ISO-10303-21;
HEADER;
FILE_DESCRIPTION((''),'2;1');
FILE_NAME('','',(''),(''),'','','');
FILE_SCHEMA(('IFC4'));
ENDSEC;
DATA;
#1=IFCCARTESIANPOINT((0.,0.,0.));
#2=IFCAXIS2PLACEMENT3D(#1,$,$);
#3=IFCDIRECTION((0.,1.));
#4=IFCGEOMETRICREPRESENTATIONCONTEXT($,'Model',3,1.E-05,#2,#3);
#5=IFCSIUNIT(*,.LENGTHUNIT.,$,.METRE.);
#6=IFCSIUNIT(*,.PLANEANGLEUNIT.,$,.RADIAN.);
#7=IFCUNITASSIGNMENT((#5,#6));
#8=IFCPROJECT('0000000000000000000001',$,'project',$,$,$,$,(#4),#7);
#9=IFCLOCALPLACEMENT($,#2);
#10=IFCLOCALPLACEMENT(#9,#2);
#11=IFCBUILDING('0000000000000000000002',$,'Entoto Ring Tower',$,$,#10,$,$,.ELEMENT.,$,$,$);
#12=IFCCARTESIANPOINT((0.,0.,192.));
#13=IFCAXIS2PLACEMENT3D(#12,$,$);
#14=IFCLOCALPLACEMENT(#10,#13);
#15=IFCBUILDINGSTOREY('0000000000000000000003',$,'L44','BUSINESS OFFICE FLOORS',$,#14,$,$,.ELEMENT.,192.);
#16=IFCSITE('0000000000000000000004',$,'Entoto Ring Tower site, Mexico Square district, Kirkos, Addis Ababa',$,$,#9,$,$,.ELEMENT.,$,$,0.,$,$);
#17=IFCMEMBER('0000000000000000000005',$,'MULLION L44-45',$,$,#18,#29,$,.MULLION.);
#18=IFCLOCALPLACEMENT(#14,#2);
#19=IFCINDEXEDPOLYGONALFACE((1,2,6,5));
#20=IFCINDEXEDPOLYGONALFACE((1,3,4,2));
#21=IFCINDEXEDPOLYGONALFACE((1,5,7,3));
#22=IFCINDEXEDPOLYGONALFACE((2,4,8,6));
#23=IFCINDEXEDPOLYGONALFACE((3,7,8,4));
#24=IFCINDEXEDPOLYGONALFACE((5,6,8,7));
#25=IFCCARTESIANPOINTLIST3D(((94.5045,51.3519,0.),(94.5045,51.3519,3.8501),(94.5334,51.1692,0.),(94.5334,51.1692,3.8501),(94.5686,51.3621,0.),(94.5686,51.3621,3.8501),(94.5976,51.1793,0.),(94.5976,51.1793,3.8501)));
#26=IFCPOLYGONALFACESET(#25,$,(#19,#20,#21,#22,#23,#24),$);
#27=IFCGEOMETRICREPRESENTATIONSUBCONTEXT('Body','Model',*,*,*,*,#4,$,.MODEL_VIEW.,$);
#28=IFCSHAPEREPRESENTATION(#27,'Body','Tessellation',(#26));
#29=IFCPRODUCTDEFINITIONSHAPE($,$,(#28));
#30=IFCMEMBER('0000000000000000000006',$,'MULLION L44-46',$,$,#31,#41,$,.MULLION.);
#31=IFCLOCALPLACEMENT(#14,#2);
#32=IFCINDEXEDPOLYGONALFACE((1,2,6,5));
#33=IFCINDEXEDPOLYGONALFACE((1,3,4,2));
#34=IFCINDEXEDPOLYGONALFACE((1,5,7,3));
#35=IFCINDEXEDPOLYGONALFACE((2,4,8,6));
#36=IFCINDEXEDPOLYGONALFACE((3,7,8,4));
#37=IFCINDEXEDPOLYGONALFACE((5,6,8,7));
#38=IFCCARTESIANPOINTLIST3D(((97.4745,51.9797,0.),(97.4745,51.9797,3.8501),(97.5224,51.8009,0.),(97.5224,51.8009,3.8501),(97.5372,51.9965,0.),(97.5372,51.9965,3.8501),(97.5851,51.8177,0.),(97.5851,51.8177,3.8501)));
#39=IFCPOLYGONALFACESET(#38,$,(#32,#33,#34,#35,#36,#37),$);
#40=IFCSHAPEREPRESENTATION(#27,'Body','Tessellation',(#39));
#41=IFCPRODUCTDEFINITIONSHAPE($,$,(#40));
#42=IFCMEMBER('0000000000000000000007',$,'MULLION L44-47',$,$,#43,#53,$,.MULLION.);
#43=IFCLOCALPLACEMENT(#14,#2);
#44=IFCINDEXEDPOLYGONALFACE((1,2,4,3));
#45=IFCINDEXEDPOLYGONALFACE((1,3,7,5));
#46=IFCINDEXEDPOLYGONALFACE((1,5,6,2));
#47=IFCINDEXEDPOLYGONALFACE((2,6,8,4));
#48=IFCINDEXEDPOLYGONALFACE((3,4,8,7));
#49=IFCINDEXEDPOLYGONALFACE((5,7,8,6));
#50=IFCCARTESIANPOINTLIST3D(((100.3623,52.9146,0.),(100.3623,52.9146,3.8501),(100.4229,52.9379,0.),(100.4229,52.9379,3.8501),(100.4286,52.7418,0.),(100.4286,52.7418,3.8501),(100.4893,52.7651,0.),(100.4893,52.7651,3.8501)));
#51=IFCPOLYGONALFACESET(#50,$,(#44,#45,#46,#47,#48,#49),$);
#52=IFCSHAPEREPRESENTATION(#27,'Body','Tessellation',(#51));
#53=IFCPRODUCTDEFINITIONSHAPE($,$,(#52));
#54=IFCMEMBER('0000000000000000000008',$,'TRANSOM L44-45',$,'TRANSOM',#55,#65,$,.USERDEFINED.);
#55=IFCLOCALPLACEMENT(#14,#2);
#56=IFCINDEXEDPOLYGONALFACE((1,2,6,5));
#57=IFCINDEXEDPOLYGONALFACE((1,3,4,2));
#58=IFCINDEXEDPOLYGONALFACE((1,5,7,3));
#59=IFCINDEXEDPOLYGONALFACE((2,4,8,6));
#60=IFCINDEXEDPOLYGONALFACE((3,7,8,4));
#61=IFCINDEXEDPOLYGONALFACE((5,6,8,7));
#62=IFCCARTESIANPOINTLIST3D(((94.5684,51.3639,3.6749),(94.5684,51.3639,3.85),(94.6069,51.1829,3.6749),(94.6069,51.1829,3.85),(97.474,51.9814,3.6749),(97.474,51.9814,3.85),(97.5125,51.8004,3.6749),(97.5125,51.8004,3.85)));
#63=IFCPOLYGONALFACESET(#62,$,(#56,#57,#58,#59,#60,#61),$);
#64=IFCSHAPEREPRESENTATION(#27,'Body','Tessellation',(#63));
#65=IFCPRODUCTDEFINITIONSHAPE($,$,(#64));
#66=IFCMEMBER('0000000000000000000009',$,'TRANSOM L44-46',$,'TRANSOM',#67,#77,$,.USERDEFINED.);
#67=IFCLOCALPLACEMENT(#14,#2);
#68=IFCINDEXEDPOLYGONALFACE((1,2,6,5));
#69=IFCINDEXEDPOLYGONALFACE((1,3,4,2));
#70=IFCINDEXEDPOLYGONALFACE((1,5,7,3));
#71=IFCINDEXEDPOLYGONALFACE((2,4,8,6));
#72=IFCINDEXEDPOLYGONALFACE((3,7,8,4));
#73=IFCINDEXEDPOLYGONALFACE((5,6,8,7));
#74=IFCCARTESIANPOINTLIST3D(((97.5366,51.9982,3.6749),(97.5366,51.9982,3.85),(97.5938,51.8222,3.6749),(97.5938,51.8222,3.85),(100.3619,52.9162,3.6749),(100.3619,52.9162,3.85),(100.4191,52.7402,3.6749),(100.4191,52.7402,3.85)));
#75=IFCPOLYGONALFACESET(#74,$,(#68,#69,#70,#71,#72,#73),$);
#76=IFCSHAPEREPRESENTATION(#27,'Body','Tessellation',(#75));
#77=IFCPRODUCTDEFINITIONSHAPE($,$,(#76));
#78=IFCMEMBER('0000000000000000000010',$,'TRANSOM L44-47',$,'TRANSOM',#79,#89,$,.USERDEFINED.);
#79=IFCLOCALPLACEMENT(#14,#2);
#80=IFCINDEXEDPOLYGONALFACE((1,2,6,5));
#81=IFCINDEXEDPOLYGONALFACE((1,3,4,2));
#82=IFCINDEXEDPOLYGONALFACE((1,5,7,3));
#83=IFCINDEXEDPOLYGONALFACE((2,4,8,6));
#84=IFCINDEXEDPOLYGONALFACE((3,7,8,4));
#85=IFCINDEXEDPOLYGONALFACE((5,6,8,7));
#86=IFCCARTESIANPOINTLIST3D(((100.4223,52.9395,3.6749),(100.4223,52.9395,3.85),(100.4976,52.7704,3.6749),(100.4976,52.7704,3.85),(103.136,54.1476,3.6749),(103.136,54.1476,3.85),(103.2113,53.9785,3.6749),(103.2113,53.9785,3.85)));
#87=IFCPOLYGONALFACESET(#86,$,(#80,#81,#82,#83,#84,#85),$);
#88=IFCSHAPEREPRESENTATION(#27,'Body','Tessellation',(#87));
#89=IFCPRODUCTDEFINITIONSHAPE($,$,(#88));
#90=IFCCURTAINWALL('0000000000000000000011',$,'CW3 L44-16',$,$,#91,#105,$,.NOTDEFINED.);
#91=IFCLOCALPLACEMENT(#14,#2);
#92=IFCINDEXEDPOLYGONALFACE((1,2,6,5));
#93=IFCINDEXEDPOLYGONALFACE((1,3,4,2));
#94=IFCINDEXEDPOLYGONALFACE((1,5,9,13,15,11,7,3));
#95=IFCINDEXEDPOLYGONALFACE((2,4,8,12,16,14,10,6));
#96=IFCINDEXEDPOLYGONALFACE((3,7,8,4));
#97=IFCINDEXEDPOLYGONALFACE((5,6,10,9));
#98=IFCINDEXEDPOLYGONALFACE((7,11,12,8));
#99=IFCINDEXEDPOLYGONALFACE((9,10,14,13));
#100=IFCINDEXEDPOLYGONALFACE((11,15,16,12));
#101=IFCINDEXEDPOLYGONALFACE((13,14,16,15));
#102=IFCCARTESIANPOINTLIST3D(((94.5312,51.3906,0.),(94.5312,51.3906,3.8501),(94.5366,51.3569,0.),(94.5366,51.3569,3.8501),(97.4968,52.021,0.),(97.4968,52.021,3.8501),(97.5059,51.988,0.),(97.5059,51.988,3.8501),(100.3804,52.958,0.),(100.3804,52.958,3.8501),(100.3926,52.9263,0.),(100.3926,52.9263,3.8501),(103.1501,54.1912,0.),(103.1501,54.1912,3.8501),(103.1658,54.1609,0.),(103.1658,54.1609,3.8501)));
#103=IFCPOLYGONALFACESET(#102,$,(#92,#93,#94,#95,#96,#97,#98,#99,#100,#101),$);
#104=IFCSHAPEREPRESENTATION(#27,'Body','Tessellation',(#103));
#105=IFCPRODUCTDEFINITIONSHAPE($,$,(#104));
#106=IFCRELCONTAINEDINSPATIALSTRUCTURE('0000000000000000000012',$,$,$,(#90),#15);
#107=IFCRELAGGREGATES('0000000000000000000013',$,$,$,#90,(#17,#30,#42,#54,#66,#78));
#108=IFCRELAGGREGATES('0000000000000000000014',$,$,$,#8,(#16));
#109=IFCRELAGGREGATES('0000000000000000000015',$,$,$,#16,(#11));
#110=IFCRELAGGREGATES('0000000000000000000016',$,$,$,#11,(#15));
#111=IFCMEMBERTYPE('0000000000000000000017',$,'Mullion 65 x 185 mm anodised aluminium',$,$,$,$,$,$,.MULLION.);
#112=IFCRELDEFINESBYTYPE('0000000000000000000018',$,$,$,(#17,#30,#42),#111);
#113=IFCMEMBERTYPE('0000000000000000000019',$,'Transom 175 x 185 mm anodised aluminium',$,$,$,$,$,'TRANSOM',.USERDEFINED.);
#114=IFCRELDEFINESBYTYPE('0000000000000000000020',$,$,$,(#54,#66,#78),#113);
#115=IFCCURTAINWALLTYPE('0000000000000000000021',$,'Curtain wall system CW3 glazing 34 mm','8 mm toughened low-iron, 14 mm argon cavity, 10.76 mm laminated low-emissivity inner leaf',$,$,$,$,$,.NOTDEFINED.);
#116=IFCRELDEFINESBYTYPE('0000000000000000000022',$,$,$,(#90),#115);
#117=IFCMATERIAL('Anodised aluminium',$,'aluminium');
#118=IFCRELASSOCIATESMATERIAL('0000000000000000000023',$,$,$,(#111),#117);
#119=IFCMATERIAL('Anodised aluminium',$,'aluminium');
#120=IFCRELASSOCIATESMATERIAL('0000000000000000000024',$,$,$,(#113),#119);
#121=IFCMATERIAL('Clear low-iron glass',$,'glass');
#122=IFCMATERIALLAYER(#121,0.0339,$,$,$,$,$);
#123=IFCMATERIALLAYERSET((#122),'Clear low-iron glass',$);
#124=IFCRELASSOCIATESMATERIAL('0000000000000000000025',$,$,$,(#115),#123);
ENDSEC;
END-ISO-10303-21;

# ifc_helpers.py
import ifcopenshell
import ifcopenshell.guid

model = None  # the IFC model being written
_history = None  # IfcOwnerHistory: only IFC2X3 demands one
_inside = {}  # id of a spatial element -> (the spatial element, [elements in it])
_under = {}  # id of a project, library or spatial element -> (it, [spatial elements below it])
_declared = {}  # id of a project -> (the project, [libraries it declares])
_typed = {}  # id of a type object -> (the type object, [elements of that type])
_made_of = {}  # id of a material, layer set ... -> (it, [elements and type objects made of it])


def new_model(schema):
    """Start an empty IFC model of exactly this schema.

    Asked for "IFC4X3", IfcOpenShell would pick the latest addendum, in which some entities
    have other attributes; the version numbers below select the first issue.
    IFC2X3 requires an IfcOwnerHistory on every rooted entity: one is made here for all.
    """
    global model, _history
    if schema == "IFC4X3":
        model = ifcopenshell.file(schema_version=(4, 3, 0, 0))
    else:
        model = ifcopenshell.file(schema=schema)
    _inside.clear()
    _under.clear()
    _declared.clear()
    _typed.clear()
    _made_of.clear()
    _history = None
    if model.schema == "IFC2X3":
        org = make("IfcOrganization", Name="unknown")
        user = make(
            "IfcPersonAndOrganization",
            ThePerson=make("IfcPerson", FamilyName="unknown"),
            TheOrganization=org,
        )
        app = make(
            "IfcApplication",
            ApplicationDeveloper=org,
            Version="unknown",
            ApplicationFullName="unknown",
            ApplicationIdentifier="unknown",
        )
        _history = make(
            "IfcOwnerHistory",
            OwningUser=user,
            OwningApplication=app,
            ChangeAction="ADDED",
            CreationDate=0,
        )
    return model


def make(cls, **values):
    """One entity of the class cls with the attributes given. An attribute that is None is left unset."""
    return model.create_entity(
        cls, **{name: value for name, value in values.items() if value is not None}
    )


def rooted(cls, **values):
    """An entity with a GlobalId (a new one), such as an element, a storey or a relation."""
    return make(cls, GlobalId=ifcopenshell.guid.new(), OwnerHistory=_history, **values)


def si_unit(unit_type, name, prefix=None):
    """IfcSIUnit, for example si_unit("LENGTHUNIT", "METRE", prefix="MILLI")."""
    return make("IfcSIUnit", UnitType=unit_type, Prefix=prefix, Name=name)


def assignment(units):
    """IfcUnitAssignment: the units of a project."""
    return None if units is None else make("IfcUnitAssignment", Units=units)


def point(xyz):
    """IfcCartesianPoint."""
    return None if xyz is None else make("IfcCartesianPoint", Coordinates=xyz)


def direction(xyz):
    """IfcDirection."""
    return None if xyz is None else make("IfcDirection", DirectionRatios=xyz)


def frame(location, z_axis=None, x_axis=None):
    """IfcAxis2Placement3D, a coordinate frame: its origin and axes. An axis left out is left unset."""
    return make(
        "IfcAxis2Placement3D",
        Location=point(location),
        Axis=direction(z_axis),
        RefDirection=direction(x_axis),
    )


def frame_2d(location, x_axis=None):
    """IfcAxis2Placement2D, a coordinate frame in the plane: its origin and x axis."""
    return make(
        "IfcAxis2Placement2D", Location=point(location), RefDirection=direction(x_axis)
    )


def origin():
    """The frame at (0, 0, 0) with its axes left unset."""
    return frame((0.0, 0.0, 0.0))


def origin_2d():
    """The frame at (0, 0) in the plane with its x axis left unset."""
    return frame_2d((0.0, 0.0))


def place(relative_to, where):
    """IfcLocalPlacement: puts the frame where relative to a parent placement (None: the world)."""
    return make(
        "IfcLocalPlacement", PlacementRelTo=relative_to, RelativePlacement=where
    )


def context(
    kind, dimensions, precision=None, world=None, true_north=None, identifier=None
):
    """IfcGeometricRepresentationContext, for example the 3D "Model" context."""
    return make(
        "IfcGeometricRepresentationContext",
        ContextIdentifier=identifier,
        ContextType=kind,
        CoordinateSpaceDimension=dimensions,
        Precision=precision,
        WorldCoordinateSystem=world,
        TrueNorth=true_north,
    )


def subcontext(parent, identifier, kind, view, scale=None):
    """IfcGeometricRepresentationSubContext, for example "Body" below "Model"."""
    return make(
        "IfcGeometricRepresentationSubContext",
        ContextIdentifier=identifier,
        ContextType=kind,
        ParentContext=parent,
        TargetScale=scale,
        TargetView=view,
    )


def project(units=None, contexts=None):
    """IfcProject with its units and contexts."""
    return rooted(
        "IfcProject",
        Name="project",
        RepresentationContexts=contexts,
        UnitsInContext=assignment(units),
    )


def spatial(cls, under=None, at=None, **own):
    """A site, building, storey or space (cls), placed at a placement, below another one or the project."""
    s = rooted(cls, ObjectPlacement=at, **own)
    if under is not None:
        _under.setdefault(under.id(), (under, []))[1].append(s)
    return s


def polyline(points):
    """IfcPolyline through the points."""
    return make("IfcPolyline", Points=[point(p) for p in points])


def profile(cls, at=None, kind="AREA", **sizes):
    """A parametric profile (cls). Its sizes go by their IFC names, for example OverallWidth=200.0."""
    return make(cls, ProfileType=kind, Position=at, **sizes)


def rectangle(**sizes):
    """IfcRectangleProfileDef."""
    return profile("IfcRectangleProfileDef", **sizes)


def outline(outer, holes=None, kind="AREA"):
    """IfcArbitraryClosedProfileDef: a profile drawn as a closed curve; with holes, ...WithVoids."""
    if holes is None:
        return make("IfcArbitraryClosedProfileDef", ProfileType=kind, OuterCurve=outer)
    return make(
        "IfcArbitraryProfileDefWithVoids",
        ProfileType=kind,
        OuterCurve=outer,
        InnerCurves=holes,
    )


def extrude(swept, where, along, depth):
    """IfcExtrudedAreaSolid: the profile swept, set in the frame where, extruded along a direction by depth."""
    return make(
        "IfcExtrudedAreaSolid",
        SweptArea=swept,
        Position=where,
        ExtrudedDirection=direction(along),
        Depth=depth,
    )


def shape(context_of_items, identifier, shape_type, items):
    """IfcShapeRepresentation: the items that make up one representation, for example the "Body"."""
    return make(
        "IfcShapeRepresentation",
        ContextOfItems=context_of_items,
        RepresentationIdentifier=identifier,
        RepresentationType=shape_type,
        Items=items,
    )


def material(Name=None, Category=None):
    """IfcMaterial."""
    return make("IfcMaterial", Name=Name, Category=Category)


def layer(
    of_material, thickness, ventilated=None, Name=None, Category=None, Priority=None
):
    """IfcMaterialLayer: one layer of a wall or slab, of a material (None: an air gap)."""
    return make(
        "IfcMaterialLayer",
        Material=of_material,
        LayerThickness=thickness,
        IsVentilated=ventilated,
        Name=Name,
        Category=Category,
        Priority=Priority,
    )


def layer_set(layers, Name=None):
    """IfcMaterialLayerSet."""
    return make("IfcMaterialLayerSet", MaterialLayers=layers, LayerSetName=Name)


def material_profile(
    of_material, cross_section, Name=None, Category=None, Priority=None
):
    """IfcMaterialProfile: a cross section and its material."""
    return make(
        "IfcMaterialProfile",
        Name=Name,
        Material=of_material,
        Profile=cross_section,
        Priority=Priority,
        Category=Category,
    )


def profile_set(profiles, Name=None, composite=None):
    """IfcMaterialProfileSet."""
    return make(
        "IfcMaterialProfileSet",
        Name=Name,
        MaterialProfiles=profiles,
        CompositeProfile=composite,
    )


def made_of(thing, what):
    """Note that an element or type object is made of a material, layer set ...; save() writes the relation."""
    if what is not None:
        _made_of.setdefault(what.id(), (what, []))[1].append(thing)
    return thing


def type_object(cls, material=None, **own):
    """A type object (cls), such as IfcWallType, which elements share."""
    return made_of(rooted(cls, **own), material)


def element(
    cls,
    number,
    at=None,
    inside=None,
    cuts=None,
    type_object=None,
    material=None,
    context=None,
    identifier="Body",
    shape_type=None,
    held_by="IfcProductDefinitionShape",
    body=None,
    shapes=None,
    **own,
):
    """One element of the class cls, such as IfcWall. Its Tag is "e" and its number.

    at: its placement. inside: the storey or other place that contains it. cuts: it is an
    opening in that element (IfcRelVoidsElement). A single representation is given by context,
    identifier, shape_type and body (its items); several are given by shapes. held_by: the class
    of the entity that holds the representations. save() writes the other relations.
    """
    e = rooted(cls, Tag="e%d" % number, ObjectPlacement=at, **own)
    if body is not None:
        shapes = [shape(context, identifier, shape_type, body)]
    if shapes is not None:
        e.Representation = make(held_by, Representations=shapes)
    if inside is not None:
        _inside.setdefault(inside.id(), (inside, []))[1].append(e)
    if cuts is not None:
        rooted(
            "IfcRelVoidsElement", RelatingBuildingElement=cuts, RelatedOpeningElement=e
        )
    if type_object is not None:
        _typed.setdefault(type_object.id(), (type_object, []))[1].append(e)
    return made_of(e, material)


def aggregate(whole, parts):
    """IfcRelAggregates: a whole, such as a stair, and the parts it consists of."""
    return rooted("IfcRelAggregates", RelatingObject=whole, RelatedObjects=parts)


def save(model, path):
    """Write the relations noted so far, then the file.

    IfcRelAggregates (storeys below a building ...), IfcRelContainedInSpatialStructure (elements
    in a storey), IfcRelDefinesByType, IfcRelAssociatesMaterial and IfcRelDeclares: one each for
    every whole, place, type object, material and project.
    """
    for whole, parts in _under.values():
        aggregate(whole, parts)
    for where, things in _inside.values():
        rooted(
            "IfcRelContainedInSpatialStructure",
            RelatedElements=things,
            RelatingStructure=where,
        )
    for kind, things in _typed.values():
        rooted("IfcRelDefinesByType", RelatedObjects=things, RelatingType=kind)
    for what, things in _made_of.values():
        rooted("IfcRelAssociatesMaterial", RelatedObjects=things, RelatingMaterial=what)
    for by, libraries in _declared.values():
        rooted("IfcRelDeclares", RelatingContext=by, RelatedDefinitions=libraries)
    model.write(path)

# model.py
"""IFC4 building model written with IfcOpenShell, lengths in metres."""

from ifc_helpers import new_model, si_unit, direction, frame, origin, origin_2d, place, context, subcontext, project, spatial, polyline, rectangle, outline, extrude, material, layer, layer_set, material_profile, profile_set, type_object, element, aggregate, save


model = new_model("IFC4")

# Units and contexts
model_context = context("Model", 3, precision=1e-05, world=origin(), true_north=direction((0.0, 1.0)))
body_context = subcontext(model_context, "Body", "Model", "MODEL_VIEW")
ifc_project = project(units=[si_unit("LENGTHUNIT", "METRE"), si_unit("PLANEANGLEUNIT", "RADIAN")], contexts=[model_context])

# Members
ifc_material_1 = material(Name="Anodised aluminium", Category="aluminium")
ifc_material_profile_1 = material_profile(ifc_material_1, rectangle(XDim=0.0649, YDim=0.1851, at=origin_2d()), Name="Mullion 65 x 185 mm anodised aluminium")
ifc_profile_set_1 = profile_set([ifc_material_profile_1], Name="Anodised aluminium")
member_type_1 = type_object("IfcMemberType", Name="Mullion 65 x 185 mm anodised aluminium", PredefinedType="MULLION", material=ifc_profile_set_1)
site_placement = place(None, origin())
building_placement = place(site_placement, origin())
storey_placement = place(building_placement, frame((0.0, 0.0, 192.0)))
member_1_placement = place(storey_placement, frame((94.551, 51.2656, 0.0), z_axis=(0.0, 0.0, 1.0), x_axis=(0.987688, 0.156434, 0.0)))
member_1 = element("IfcMember", 1, at=member_1_placement, type_object=member_type_1, Name="MULLION L44-45", PredefinedType="MULLION", context=body_context, shape_type="SweptSolid", body=[
    extrude(rectangle(XDim=0.0649, YDim=0.1851, at=origin_2d()), origin(), (0.0, 0.0, 1.0), 3.8501),
])
member_2_placement = place(storey_placement, frame((97.5298, 51.8987, 0.0), z_axis=(0.0, 0.0, 1.0), x_axis=(0.965926, 0.258819, 0.0)))
member_2 = element("IfcMember", 2, at=member_2_placement, type_object=member_type_1, Name="MULLION L44-46", PredefinedType="MULLION", context=body_context, shape_type="SweptSolid", body=[
    extrude(rectangle(XDim=0.0649, YDim=0.1851, at=origin_2d()), origin(), (0.0, 0.0, 1.0), 3.8501),
])
member_3_placement = place(storey_placement, frame((100.4258, 52.8398, 0.0), z_axis=(0.0, 0.0, 1.0), x_axis=(0.93358, 0.358368, 0.0)))
member_3 = element("IfcMember", 3, at=member_3_placement, type_object=member_type_1, Name="MULLION L44-47", PredefinedType="MULLION", context=body_context, shape_type="SweptSolid", body=[
    extrude(rectangle(XDim=0.0649, YDim=0.1851, at=origin_2d()), origin(), (0.0, 0.0, 1.0), 3.8501),
])
ifc_material_2 = material(Name="Anodised aluminium", Category="aluminium")
ifc_material_profile_2 = material_profile(ifc_material_2, rectangle(XDim=0.1851, YDim=0.175, at=origin_2d()), Name="Transom 175 x 185 mm anodised aluminium")
ifc_profile_set_2 = profile_set([ifc_material_profile_2], Name="Anodised aluminium")
member_type_2 = type_object("IfcMemberType", Name="Transom 175 x 185 mm anodised aluminium", ElementType="TRANSOM", PredefinedType="USERDEFINED", material=ifc_profile_set_2)
member_4_placement = place(storey_placement, frame((94.5876, 51.2734, 3.7625), z_axis=(0.978158, 0.207862, 0.0), x_axis=(-0.207862, 0.978158, 0.0)))
member_4 = element("IfcMember", 4, at=member_4_placement, type_object=member_type_2, Name="TRANSOM L44-45", ObjectType="TRANSOM", PredefinedType="USERDEFINED", context=body_context, shape_type="SweptSolid", body=[
    extrude(rectangle(XDim=0.1851, YDim=0.175, at=origin_2d()), origin(), (0.0, 0.0, 1.0), 2.9705),
])
member_5_placement = place(storey_placement, frame((97.5652, 51.9102, 3.7625), z_axis=(0.951056, 0.309019, 0.0), x_axis=(-0.309019, 0.951056, 0.0)))
member_5 = element("IfcMember", 5, at=member_5_placement, type_object=member_type_2, Name="TRANSOM L44-46", ObjectType="TRANSOM", PredefinedType="USERDEFINED", context=body_context, shape_type="SweptSolid", body=[
    extrude(rectangle(XDim=0.1851, YDim=0.175, at=origin_2d()), origin(), (0.0, 0.0, 1.0), 2.9707),
])
member_6_placement = place(storey_placement, frame((100.46, 52.855, 3.7625), z_axis=(0.913567, 0.406687, 0.0), x_axis=(-0.406687, 0.913567, 0.0)))
member_6 = element("IfcMember", 6, at=member_6_placement, type_object=member_type_2, Name="TRANSOM L44-47", ObjectType="TRANSOM", PredefinedType="USERDEFINED", context=body_context, shape_type="SweptSolid", body=[
    extrude(rectangle(XDim=0.1851, YDim=0.175, at=origin_2d()), origin(), (0.0, 0.0, 1.0), 2.9705),
])

# Site, building, storey
site = spatial("IfcSite", under=ifc_project, at=site_placement, Name="Entoto Ring Tower site, Mexico Square district, Kirkos, Addis Ababa", CompositionType="ELEMENT", RefElevation=0.0)
building = spatial("IfcBuilding", under=site, at=building_placement, Name="Entoto Ring Tower", CompositionType="ELEMENT")
storey = spatial("IfcBuildingStorey", under=building, at=storey_placement, Name="L44", Description="BUSINESS OFFICE FLOORS", CompositionType="ELEMENT", Elevation=192.0)

# Curtain wall
ifc_material_3 = material(Name="Clear low-iron glass", Category="glass")
ifc_layer_1 = layer(ifc_material_3, 0.0339)
ifc_layer_set_1 = layer_set([ifc_layer_1], Name="Clear low-iron glass")
curtain_wall_type = type_object("IfcCurtainWallType", Name="Curtain wall system CW3 glazing 34 mm", Description="8 mm toughened low-iron, 14 mm argon cavity, 10.76 mm laminated low-emissivity inner leaf", PredefinedType="NOTDEFINED", material=ifc_layer_set_1)
curtain_wall_1_placement = place(storey_placement, origin())
curtain_wall_1 = element("IfcCurtainWall", 7, at=curtain_wall_1_placement, inside=storey, type_object=curtain_wall_type, Name="CW3 L44-16", PredefinedType="NOTDEFINED", context=body_context, shape_type="SweptSolid", body=[
    extrude(outline(polyline([(94.5366, 51.3569), (97.5059, 51.988), (100.3926, 52.9263), (103.1658, 54.1609), (103.1501, 54.1912), (100.3804, 52.958), (97.4968, 52.021), (94.5312, 51.3906), (94.5366, 51.3569)])), origin(), (0.0, 0.0, 1.0), 3.8501),
])
aggregate(curtain_wall_1, [member_1, member_2, member_3, member_4, member_5, member_6])

save(model, "model.ifc")
